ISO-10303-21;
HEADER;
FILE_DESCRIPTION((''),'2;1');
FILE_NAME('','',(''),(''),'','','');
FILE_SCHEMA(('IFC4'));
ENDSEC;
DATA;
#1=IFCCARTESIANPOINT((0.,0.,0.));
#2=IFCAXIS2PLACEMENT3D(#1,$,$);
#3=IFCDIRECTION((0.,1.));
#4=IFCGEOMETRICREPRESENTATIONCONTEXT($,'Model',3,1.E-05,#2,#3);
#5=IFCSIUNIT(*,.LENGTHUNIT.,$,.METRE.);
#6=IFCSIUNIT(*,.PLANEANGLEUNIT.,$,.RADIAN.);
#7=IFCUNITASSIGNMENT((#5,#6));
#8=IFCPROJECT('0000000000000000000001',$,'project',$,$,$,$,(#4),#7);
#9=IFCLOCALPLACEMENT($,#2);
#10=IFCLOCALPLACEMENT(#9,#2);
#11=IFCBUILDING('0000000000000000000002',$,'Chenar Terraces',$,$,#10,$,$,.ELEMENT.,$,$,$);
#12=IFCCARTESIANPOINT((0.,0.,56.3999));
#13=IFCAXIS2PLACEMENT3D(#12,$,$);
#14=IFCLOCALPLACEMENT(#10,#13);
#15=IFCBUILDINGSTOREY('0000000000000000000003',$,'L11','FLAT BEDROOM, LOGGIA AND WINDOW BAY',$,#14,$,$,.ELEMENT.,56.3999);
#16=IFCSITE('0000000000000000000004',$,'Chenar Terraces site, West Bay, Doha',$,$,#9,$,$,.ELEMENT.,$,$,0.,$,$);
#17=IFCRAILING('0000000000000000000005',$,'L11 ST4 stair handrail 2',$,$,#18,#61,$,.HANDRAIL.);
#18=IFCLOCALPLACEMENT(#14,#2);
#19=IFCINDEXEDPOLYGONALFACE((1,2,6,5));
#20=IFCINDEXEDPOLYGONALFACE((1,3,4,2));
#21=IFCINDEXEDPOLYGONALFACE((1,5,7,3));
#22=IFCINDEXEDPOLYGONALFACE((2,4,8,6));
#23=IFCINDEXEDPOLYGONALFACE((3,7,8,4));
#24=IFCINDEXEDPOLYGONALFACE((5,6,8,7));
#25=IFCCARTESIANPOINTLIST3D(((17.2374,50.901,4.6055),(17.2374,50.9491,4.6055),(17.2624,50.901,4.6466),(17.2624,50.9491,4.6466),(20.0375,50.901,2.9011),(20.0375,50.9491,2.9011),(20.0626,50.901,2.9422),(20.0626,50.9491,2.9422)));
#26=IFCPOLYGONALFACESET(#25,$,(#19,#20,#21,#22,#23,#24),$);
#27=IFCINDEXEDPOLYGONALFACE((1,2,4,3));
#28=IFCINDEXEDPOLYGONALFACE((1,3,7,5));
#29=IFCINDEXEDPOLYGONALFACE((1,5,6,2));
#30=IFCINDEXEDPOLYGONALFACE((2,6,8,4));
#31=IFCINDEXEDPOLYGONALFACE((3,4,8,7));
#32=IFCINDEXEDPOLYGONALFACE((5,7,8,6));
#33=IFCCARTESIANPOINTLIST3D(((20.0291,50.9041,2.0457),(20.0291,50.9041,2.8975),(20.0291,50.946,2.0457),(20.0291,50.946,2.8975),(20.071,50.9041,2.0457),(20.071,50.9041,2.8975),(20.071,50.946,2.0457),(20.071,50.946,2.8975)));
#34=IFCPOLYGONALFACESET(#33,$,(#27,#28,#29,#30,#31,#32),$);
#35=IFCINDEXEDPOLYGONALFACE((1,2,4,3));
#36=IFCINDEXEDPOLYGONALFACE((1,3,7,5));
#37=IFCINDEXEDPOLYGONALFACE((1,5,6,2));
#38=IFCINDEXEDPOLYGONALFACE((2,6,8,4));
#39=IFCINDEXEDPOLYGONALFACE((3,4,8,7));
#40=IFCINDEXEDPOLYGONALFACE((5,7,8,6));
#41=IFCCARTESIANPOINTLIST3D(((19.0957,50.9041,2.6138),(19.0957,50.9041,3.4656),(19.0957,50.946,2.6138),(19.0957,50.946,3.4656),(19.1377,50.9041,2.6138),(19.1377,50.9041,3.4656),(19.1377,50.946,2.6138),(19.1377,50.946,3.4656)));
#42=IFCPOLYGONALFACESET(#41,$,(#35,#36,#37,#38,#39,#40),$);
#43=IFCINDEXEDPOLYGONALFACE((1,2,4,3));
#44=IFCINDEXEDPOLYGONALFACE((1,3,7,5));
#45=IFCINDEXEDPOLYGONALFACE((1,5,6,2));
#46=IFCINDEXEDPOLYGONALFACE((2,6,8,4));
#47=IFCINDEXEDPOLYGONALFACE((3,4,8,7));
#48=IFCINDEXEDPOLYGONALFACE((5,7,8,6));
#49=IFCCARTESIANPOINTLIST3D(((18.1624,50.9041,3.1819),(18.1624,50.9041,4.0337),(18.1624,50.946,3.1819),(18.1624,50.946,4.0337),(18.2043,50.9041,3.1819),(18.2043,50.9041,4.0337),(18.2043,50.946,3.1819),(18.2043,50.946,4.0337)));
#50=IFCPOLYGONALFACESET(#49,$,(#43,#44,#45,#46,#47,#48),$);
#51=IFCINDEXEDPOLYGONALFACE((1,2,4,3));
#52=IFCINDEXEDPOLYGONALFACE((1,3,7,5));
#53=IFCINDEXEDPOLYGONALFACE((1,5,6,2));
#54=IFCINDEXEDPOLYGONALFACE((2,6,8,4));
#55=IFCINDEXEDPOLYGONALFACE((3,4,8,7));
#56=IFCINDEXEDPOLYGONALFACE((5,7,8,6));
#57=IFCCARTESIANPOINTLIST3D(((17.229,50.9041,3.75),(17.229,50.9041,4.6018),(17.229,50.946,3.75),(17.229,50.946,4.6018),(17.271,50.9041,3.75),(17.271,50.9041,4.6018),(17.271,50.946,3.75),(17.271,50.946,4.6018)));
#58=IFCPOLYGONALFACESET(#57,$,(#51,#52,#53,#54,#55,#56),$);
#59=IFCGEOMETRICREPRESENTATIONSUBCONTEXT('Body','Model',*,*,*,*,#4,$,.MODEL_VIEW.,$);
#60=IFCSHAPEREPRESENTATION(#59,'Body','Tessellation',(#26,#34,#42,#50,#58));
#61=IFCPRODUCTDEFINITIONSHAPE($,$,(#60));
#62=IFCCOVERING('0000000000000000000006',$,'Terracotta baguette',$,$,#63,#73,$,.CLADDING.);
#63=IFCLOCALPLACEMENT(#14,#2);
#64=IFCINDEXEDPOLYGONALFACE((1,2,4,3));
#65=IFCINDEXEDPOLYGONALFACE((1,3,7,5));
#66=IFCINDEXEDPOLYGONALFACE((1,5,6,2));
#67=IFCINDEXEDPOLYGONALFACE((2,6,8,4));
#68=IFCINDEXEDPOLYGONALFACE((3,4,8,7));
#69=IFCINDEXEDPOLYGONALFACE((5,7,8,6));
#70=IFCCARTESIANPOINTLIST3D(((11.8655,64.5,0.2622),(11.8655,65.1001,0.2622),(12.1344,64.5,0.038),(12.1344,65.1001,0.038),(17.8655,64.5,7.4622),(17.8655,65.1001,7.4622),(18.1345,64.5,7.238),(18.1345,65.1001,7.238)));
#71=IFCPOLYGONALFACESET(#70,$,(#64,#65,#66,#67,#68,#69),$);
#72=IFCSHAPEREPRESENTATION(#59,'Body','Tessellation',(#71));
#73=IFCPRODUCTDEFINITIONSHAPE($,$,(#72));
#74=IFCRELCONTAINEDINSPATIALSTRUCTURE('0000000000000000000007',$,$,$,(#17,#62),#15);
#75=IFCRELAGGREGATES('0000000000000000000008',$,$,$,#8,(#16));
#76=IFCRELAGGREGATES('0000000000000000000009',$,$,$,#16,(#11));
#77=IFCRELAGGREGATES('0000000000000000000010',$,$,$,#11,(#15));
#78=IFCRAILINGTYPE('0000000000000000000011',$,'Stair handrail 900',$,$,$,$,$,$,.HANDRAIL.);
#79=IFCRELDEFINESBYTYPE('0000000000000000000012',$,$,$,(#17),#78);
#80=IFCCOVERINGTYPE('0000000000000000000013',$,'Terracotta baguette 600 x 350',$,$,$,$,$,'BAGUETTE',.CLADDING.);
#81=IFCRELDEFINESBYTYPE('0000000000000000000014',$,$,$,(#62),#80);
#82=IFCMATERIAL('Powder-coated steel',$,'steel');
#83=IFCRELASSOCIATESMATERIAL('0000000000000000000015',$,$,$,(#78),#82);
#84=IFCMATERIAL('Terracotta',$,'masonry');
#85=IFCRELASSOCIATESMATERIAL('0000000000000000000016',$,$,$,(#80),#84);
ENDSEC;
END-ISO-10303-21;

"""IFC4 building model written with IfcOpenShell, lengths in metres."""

from ifc_helpers import new_model, si_unit, direction, frame, origin, origin_2d, place, context, subcontext, project, spatial, rectangle, extrude, material, material_profile, profile_set, type_object, element, save


model = new_model("IFC4")

# Units and contexts
model_context = context("Model", 3, precision=1e-05, world=origin(), true_north=direction((0.0, 1.0)))
body_context = subcontext(model_context, "Body", "Model", "MODEL_VIEW")
ifc_project = project(units=[si_unit("LENGTHUNIT", "METRE"), si_unit("PLANEANGLEUNIT", "RADIAN")], contexts=[model_context])

# Site, building, storey
site_placement = place(None, origin())
site = spatial("IfcSite", under=ifc_project, at=site_placement, Name="Chenar Terraces site, West Bay, Doha", CompositionType="ELEMENT", RefElevation=0.0)
building_placement = place(site_placement, origin())
building = spatial("IfcBuilding", under=site, at=building_placement, Name="Chenar Terraces", CompositionType="ELEMENT")
storey_placement = place(building_placement, frame((0.0, 0.0, 56.3999)))
storey = spatial("IfcBuildingStorey", under=building, at=storey_placement, Name="L11", Description="FLAT BEDROOM, LOGGIA AND WINDOW BAY", CompositionType="ELEMENT", Elevation=56.3999)

# Railing
ifc_material_1 = material(Name="Powder-coated steel", Category="steel")
railing_type_1 = type_object("IfcRailingType", Name="Stair handrail 900", PredefinedType="HANDRAIL", material=ifc_material_1)
railing_1_placement = place(storey_placement, frame((20.05, 50.925, 2.0457)))
element("IfcRailing", 1, at=railing_1_placement, inside=storey, type_object=railing_type_1, Name="L11 ST4 stair handrail 2", PredefinedType="HANDRAIL", context=body_context, shape_type="SweptSolid", body=[
    extrude(rectangle(XDim=0.0481, YDim=0.0481, at=origin_2d()), frame((0.0, 0.0, 0.876), z_axis=(-0.854203, 0.0, 0.51994), x_axis=(0.0, -1.0, 0.0)), (0.0, 0.0, 1.0), 3.2781),
    extrude(rectangle(XDim=0.042, YDim=0.042, at=origin_2d()), origin(), (0.0, 0.0, 1.0), 0.8518),
    extrude(rectangle(XDim=0.042, YDim=0.042, at=origin_2d()), frame((-0.9333, 0.0, 0.5681)), (0.0, 0.0, 1.0), 0.8518),
    extrude(rectangle(XDim=0.042, YDim=0.042, at=origin_2d()), frame((-1.8667, 0.0, 1.1362)), (0.0, 0.0, 1.0), 0.8518),
    extrude(rectangle(XDim=0.042, YDim=0.042, at=origin_2d()), frame((-2.8, 0.0, 1.7043)), (0.0, 0.0, 1.0), 0.8518),
])

# Covering
ifc_material_2 = material(Name="Terracotta", Category="masonry")
ifc_material_profile_1 = material_profile(ifc_material_2, rectangle(XDim=0.6001, YDim=0.3501, at=origin_2d()), Name="Terracotta baguette 600 x 350")
ifc_profile_set_1 = profile_set([ifc_material_profile_1], Name="Terracotta")
covering_type = type_object("IfcCoveringType", Name="Terracotta baguette 600 x 350", ElementType="BAGUETTE", PredefinedType="CLADDING", material=ifc_profile_set_1)
covering_placement = place(storey_placement, frame((18.0, 64.8, 7.3501), z_axis=(-0.640187, 0.0, -0.768219), x_axis=(0.0, -1.0, 0.0)))
element("IfcCovering", 2, at=covering_placement, inside=storey, type_object=covering_type, Name="Terracotta baguette", PredefinedType="CLADDING", context=body_context, shape_type="SweptSolid", body=[
    extrude(rectangle(XDim=0.6001, YDim=0.3501, at=origin_2d()), origin(), (0.0, 0.0, 1.0), 9.3723),
])

save(model, "model.ifc")
